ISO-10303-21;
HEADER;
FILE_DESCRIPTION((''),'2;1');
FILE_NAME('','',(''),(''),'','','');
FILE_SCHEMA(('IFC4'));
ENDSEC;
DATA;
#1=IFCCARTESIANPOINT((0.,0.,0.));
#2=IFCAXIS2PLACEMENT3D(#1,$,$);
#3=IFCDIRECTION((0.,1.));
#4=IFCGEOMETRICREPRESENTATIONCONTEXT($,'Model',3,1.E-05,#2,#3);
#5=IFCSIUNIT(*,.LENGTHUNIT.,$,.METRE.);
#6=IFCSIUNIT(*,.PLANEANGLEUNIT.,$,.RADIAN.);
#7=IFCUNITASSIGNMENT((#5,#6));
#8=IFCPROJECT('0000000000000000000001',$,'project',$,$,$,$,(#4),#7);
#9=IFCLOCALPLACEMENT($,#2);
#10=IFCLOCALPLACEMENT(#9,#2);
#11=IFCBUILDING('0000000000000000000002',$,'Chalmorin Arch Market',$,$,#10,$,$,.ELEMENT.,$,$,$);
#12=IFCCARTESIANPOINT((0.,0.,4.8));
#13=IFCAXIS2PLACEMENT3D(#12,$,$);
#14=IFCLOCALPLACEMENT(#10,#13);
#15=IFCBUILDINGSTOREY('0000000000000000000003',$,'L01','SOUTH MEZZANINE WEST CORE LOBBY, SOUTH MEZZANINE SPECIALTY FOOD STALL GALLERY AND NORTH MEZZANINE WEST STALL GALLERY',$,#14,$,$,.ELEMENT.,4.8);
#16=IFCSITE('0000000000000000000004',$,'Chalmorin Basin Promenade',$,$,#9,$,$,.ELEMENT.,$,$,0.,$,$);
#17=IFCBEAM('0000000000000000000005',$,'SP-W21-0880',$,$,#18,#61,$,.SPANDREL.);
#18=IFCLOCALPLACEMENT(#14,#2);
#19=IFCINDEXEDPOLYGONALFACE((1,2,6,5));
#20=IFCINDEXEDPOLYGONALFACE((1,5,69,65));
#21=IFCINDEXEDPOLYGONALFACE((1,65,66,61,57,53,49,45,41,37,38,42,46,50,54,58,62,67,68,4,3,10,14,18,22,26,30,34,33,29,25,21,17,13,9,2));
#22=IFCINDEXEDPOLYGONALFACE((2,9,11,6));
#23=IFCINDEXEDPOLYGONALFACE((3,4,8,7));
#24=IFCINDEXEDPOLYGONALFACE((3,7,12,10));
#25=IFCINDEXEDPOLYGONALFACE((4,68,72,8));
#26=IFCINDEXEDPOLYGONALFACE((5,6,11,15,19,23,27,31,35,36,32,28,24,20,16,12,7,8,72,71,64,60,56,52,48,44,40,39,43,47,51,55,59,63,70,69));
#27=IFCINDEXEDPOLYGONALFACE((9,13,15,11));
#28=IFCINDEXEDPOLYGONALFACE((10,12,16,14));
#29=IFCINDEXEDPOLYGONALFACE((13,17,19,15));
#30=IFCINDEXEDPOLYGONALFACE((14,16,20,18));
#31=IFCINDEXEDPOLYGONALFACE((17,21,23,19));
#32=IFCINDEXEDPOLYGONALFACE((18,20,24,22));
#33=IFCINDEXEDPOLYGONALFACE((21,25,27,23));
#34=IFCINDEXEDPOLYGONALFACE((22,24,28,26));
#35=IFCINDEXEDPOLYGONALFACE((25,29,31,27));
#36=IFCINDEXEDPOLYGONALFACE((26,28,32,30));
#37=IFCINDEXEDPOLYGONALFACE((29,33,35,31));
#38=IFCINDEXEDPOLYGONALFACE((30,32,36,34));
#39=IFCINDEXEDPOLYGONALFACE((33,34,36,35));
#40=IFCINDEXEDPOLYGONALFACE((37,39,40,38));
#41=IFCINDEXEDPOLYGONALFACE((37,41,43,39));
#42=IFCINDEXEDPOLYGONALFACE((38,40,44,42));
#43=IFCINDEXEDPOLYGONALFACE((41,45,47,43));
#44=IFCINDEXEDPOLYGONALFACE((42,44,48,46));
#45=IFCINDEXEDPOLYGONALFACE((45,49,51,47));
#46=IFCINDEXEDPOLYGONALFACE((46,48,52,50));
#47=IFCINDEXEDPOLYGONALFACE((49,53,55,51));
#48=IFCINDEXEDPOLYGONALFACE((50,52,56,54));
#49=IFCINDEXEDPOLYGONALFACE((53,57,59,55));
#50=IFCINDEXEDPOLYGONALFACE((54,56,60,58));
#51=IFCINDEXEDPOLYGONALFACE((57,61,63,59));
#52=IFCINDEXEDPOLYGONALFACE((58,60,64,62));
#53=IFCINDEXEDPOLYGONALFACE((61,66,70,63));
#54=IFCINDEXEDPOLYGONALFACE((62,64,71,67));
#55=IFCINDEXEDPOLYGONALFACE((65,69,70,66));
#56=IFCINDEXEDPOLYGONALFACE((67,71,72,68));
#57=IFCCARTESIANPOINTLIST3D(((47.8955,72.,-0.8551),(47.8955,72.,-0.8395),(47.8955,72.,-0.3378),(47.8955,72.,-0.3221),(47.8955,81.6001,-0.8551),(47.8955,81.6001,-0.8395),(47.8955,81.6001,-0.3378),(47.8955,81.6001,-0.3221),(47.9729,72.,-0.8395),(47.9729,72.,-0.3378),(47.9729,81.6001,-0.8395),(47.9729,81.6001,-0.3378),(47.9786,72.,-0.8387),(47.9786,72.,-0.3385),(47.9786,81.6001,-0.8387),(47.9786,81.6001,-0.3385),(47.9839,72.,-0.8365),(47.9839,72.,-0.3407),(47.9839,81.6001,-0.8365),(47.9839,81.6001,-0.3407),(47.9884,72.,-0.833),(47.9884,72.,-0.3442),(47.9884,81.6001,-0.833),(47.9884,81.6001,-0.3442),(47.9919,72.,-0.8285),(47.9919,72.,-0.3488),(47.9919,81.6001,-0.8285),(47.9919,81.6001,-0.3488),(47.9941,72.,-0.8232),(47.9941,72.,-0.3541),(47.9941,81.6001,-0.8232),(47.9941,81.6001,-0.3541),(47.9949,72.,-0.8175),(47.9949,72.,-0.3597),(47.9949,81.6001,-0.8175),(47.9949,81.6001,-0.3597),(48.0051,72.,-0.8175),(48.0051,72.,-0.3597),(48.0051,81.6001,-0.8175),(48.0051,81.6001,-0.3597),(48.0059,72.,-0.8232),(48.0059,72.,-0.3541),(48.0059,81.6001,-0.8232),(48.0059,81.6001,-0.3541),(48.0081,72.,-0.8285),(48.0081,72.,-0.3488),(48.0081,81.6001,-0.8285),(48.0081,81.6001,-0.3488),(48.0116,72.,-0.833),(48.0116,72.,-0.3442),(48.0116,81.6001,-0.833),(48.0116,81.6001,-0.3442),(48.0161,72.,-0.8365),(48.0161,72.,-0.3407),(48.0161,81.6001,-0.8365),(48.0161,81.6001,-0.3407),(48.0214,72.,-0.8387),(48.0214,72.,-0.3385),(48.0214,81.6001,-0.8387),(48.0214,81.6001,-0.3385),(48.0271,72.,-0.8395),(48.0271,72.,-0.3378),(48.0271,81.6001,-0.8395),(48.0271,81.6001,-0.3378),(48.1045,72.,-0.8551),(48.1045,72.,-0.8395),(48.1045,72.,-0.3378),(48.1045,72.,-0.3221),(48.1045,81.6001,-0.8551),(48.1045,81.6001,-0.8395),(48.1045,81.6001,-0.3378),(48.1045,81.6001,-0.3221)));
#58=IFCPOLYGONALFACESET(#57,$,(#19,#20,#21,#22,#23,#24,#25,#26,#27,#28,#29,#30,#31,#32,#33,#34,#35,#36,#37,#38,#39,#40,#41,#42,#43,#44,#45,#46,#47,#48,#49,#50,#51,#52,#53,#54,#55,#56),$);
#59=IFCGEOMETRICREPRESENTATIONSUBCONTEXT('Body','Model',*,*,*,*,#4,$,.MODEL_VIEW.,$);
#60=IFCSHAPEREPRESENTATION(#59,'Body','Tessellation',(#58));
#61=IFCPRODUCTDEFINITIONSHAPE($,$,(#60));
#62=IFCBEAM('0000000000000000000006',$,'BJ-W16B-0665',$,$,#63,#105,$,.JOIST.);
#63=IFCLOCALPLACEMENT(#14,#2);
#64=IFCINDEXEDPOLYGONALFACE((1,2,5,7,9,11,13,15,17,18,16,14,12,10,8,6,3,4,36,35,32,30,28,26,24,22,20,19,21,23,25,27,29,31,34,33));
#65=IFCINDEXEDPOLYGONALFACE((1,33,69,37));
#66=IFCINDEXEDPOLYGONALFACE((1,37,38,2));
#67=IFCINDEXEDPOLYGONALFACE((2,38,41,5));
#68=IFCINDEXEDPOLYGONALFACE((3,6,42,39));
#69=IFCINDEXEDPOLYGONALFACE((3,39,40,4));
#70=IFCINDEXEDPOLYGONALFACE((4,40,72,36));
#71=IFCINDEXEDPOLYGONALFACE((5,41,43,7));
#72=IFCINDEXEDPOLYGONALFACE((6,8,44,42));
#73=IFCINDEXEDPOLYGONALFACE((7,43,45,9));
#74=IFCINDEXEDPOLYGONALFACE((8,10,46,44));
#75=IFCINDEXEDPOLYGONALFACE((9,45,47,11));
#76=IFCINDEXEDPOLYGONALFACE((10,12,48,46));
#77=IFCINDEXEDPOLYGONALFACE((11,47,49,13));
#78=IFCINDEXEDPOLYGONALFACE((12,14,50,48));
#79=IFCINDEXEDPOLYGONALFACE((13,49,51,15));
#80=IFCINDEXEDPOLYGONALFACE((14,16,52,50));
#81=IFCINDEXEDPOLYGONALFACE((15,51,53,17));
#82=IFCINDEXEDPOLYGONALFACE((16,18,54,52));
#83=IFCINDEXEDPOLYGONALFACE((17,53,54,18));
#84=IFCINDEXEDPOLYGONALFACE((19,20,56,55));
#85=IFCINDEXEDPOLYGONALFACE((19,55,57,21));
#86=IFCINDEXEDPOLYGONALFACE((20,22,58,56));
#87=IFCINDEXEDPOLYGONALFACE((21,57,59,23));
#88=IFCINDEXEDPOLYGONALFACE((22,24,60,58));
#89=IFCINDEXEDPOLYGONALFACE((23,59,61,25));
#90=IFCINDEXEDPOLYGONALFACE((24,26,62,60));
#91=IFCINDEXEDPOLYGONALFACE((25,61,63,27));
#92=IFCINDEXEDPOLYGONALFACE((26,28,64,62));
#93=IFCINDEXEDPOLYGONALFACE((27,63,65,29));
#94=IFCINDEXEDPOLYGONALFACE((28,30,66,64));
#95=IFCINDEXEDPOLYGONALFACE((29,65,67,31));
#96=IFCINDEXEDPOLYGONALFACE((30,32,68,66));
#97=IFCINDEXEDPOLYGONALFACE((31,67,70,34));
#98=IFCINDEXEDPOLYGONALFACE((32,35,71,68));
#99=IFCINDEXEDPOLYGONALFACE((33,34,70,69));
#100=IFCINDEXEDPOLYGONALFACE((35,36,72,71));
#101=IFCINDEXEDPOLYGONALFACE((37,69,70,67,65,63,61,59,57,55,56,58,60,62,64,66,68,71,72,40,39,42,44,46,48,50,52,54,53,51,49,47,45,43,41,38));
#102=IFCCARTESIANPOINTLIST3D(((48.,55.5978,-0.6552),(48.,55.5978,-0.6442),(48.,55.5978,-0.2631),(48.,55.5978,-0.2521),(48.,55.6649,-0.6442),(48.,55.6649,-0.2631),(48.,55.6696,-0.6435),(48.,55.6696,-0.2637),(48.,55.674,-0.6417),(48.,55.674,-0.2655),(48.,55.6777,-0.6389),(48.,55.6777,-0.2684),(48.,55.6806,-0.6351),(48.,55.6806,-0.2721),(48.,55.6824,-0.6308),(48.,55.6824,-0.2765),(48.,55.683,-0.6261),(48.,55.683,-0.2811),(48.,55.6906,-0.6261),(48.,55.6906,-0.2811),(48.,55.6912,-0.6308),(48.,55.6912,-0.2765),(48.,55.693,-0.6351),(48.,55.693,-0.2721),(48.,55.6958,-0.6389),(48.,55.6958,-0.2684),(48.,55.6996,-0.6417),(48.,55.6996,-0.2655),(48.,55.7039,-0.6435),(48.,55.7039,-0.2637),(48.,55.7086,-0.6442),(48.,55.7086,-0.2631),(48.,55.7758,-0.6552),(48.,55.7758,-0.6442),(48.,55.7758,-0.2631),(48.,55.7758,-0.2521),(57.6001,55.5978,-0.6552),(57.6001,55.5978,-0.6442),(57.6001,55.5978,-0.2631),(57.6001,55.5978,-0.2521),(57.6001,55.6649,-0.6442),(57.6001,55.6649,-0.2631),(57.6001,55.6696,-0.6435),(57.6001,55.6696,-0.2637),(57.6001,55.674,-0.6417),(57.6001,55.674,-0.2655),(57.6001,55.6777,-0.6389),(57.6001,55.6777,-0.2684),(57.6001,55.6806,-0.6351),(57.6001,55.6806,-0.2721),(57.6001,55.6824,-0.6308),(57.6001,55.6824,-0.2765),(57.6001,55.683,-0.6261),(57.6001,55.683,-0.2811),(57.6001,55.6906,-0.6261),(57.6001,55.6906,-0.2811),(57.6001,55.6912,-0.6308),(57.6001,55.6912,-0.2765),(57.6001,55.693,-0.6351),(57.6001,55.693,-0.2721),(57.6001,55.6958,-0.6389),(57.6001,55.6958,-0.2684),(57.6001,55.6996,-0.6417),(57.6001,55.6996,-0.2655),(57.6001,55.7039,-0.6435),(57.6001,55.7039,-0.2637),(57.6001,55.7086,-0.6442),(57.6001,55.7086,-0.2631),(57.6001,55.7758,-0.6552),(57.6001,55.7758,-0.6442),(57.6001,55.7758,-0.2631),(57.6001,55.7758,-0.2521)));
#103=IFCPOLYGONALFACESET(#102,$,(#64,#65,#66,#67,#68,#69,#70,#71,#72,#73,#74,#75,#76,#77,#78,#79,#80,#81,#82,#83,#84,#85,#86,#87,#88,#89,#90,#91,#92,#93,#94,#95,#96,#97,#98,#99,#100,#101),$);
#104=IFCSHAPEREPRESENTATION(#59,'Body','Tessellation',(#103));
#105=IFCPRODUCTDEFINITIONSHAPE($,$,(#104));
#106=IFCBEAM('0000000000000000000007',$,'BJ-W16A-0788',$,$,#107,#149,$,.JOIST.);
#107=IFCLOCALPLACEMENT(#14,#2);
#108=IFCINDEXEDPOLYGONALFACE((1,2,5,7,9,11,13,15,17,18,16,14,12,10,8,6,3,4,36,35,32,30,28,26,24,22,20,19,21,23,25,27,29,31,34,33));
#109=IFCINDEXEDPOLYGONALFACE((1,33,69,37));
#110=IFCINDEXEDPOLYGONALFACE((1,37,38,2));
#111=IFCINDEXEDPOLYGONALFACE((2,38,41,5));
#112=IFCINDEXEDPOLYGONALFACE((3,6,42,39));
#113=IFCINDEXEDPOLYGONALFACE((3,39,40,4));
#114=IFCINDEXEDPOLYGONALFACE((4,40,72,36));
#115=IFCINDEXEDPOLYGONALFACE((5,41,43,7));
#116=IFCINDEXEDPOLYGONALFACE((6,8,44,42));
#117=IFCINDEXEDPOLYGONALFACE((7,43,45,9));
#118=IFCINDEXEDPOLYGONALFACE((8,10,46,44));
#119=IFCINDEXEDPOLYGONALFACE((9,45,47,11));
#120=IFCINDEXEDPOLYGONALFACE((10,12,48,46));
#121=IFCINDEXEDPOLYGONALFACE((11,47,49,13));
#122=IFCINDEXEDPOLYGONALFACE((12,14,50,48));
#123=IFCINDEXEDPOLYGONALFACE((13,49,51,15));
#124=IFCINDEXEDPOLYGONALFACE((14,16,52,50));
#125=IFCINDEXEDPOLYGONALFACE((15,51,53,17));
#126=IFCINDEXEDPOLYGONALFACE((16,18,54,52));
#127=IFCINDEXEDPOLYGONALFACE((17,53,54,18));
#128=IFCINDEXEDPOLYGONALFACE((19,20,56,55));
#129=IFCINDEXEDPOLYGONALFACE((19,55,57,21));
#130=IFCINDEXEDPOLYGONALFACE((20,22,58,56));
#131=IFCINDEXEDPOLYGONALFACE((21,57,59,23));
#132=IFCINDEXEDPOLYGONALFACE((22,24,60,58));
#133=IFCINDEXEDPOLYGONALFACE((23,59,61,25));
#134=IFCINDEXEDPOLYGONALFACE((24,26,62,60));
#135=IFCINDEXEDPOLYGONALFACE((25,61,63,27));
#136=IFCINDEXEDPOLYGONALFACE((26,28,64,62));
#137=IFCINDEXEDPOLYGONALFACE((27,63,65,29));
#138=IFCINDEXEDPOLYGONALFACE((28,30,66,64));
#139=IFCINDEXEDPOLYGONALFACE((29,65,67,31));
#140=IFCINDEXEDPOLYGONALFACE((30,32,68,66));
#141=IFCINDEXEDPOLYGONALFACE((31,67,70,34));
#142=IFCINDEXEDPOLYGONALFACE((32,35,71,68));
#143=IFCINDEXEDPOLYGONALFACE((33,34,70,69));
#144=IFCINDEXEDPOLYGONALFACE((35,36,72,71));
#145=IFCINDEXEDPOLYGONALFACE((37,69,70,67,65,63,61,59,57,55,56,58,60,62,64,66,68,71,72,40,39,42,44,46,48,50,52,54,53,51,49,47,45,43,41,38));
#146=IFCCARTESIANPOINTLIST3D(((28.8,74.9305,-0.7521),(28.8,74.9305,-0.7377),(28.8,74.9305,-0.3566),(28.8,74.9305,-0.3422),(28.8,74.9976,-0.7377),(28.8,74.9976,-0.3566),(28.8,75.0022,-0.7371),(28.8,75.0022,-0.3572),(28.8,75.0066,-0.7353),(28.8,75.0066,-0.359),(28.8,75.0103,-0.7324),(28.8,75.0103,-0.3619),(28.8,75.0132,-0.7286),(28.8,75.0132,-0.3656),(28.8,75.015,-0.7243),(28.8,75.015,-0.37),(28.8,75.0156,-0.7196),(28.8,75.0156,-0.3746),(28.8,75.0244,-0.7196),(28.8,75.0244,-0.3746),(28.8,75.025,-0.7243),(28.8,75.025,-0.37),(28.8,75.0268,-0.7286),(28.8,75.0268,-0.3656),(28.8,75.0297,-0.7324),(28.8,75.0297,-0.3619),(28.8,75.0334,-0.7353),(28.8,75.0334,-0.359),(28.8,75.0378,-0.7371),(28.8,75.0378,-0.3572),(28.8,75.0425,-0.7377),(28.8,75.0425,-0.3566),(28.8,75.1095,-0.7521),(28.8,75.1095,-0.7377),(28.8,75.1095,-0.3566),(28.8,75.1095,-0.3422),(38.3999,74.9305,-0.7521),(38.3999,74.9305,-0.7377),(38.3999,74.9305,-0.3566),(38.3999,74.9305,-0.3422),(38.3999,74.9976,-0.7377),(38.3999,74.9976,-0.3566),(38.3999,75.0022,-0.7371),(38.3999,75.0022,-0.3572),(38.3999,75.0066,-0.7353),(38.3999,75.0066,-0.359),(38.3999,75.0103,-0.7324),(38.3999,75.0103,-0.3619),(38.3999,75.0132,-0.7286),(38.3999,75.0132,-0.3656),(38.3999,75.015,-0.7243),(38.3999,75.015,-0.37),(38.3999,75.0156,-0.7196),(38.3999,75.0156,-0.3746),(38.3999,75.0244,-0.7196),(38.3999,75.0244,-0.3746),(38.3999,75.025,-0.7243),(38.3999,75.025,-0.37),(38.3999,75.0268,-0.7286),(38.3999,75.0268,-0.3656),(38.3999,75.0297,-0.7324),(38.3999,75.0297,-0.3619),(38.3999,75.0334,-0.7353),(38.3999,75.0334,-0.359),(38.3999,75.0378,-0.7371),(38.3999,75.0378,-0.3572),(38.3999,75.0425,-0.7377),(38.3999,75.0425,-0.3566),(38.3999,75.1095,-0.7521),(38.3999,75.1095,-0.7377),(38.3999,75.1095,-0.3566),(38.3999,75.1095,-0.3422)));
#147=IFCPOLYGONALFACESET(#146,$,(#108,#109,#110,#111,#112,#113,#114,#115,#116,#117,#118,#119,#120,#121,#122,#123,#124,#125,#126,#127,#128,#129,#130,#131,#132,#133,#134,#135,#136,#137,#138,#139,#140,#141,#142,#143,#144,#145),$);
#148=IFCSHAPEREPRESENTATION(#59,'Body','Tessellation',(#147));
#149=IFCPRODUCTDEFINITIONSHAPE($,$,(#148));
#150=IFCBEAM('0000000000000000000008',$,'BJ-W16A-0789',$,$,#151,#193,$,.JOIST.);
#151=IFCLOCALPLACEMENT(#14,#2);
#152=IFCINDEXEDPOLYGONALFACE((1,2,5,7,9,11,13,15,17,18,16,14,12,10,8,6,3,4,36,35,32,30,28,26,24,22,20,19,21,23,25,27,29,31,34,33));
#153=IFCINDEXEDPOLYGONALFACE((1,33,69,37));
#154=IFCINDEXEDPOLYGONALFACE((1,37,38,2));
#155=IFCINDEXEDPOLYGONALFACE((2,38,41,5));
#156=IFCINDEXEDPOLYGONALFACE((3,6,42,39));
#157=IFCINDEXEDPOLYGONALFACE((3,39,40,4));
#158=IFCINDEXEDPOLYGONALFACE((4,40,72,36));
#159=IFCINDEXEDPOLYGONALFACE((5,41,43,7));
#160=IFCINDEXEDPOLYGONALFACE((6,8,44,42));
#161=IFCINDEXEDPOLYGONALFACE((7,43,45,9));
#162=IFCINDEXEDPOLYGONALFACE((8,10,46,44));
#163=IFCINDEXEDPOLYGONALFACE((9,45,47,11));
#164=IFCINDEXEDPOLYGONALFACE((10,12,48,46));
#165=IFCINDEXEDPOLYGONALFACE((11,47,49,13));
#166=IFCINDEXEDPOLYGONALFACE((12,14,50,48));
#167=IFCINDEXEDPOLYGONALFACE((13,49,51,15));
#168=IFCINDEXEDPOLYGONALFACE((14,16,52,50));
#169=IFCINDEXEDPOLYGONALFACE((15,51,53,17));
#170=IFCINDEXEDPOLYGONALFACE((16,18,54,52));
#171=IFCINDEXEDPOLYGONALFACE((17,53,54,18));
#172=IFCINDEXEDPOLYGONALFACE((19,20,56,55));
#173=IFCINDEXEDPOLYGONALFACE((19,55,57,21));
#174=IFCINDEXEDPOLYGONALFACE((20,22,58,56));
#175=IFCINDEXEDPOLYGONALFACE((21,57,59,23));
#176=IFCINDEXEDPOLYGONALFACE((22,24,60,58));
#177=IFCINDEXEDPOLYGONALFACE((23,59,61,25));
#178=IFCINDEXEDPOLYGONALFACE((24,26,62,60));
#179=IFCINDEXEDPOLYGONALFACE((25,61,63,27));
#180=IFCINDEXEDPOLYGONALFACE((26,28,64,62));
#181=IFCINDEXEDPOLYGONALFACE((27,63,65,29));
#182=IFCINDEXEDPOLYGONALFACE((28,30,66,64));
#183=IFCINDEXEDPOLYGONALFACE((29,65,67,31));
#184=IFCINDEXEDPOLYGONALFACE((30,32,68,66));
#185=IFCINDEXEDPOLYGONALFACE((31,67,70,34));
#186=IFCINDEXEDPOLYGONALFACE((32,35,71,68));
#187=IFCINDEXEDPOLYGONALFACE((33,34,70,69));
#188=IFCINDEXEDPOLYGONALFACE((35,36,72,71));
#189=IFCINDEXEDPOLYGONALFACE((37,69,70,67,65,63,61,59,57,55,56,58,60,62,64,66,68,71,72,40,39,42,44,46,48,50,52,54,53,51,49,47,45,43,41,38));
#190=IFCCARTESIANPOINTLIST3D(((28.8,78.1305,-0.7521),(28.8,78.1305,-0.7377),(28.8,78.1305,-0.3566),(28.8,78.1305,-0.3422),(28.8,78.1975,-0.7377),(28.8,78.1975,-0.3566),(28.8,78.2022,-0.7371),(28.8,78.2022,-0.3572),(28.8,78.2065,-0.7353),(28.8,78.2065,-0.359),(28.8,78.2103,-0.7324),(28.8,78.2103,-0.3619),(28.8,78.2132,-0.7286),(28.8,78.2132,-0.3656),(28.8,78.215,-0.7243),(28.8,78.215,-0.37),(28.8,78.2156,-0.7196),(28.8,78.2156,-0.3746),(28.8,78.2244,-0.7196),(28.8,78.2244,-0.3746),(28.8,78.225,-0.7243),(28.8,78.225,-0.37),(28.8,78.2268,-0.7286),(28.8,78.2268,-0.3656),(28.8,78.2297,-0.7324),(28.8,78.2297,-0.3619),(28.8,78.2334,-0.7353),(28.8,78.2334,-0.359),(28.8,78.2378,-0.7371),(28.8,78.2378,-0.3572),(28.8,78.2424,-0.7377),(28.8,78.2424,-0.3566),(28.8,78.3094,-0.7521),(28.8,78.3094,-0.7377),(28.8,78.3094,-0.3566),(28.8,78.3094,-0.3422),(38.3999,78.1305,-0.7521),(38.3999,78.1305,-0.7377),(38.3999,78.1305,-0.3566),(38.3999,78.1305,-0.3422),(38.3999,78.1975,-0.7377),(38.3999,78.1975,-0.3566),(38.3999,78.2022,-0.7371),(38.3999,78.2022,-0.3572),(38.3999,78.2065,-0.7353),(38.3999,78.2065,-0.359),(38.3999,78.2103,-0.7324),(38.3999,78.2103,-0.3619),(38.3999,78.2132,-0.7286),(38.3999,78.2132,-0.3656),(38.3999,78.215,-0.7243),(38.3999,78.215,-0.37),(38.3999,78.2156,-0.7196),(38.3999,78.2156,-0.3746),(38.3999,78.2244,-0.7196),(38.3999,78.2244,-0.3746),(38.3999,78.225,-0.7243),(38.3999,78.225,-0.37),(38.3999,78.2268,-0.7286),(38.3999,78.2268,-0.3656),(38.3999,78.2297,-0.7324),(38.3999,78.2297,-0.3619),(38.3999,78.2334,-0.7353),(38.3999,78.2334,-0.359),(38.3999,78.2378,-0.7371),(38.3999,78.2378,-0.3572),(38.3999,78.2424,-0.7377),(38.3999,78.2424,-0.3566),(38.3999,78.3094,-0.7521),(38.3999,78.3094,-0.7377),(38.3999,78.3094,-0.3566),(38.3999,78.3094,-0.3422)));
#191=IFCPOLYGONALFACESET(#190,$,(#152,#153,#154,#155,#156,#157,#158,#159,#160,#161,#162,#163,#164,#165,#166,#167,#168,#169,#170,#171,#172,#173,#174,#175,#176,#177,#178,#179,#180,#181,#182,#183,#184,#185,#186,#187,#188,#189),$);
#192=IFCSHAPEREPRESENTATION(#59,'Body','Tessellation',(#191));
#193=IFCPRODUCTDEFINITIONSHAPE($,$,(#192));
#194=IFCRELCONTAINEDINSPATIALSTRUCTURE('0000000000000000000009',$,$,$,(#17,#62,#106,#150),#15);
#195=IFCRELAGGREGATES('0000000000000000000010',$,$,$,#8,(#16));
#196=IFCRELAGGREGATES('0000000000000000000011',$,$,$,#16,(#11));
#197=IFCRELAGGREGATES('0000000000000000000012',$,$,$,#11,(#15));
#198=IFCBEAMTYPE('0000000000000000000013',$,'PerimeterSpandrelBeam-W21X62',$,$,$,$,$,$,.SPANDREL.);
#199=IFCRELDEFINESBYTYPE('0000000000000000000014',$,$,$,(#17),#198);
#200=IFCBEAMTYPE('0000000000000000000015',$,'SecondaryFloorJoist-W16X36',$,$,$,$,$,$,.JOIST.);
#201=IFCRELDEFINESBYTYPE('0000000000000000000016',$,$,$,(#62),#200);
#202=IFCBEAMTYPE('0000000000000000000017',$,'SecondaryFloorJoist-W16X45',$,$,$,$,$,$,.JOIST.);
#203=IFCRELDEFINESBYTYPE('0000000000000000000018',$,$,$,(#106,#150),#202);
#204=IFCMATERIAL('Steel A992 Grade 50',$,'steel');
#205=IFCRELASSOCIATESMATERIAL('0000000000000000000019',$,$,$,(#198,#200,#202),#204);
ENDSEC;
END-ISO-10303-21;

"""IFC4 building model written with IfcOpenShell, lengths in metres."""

from ifc_helpers import new_model, si_unit, direction, frame, origin, origin_2d, place, context, subcontext, project, spatial, i_section, extrude, material, material_profile, profile_set, type_object, element, save


model = new_model("IFC4")

# Units and contexts
model_context = context("Model", 3, precision=1e-05, world=origin(), true_north=direction((0.0, 1.0)))
body_context = subcontext(model_context, "Body", "Model", "MODEL_VIEW")
ifc_project = project(units=[si_unit("LENGTHUNIT", "METRE"), si_unit("PLANEANGLEUNIT", "RADIAN")], contexts=[model_context])

# Site, building, storey
site_placement = place(None, origin())
site = spatial("IfcSite", under=ifc_project, at=site_placement, Name="Chalmorin Basin Promenade", CompositionType="ELEMENT", RefElevation=0.0)
building_placement = place(site_placement, origin())
building = spatial("IfcBuilding", under=site, at=building_placement, Name="Chalmorin Arch Market", CompositionType="ELEMENT")
storey_placement = place(building_placement, frame((0.0, 0.0, 4.8)))
storey = spatial("IfcBuildingStorey", under=building, at=storey_placement, Name="L01", Description="SOUTH MEZZANINE WEST CORE LOBBY, SOUTH MEZZANINE SPECIALTY FOOD STALL GALLERY AND NORTH MEZZANINE WEST STALL GALLERY", CompositionType="ELEMENT", Elevation=4.8)

# Beams
ifc_material_1 = material(Name="Steel A992 Grade 50", Category="steel")
ifc_material_profile_1 = material_profile(ifc_material_1, i_section(OverallWidth=0.209, OverallDepth=0.533, WebThickness=0.0103, FlangeThickness=0.0156, FilletRadius=0.022, at=origin_2d()), Name="W21X62")
ifc_profile_set_1 = profile_set([ifc_material_profile_1], Name="Steel A992 Grade 50")
beam_type_1 = type_object("IfcBeamType", Name="PerimeterSpandrelBeam-W21X62", PredefinedType="SPANDREL", material=ifc_profile_set_1)
for number, where, z_axis, x_axis, name in (
    (1, (48.0, 72.0, -0.5886), (0.0, 1.0, 0.0), (-1.0, 0.0, 0.0), "SP-W21-0880"),
):
    element("IfcBeam", number, at=place(storey_placement, frame(where, z_axis=z_axis, x_axis=x_axis)), inside=storey, type_object=beam_type_1, Name=name, PredefinedType="SPANDREL", context=body_context, shape_type="SweptSolid", body=[
        extrude(i_section(OverallWidth=0.209, OverallDepth=0.533, WebThickness=0.0103, FlangeThickness=0.0156, FilletRadius=0.022, at=origin_2d()), origin(), (0.0, 0.0, 1.0), 9.6001),
    ])
ifc_material_profile_2 = material_profile(ifc_material_1, i_section(OverallWidth=0.178, OverallDepth=0.4031, WebThickness=0.0076, FlangeThickness=0.011, FilletRadius=0.0181, at=origin_2d()), Name="W16X36")
ifc_profile_set_2 = profile_set([ifc_material_profile_2], Name="Steel A992 Grade 50")
beam_type_2 = type_object("IfcBeamType", Name="SecondaryFloorJoist-W16X36", PredefinedType="JOIST", material=ifc_profile_set_2)
beam_1_placement = place(storey_placement, frame((48.0, 55.6868, -0.4536), z_axis=(1.0, 0.0, 0.0), x_axis=(0.0, 1.0, 0.0)))
element("IfcBeam", 2, at=beam_1_placement, inside=storey, type_object=beam_type_2, Name="BJ-W16B-0665", PredefinedType="JOIST", context=body_context, shape_type="SweptSolid", body=[
    extrude(i_section(OverallWidth=0.178, OverallDepth=0.4031, WebThickness=0.0076, FlangeThickness=0.011, FilletRadius=0.0181, at=origin_2d()), origin(), (0.0, 0.0, 1.0), 9.6001),
])
ifc_material_profile_3 = material_profile(ifc_material_1, i_section(OverallWidth=0.179, OverallDepth=0.4099, WebThickness=0.0088, FlangeThickness=0.0144, FilletRadius=0.0181, at=origin_2d()), Name="W16X45")
ifc_profile_set_3 = profile_set([ifc_material_profile_3], Name="Steel A992 Grade 50")
beam_type_3 = type_object("IfcBeamType", Name="SecondaryFloorJoist-W16X45", PredefinedType="JOIST", material=ifc_profile_set_3)
for number, where, z_axis, x_axis, name in (
    (3, (28.8, 75.02, -0.5471), (1.0, 0.0, 0.0), (0.0, 1.0, 0.0), "BJ-W16A-0788"),
    (4, (28.8, 78.22, -0.5471), (1.0, 0.0, 0.0), (0.0, 1.0, 0.0), "BJ-W16A-0789"),
):
    element("IfcBeam", number, at=place(storey_placement, frame(where, z_axis=z_axis, x_axis=x_axis)), inside=storey, type_object=beam_type_3, Name=name, PredefinedType="JOIST", context=body_context, shape_type="SweptSolid", body=[
        extrude(i_section(OverallWidth=0.179, OverallDepth=0.4099, WebThickness=0.0088, FlangeThickness=0.0144, FilletRadius=0.0181, at=origin_2d()), origin(), (0.0, 0.0, 1.0), 9.5999),
    ])

save(model, "model.ifc")
